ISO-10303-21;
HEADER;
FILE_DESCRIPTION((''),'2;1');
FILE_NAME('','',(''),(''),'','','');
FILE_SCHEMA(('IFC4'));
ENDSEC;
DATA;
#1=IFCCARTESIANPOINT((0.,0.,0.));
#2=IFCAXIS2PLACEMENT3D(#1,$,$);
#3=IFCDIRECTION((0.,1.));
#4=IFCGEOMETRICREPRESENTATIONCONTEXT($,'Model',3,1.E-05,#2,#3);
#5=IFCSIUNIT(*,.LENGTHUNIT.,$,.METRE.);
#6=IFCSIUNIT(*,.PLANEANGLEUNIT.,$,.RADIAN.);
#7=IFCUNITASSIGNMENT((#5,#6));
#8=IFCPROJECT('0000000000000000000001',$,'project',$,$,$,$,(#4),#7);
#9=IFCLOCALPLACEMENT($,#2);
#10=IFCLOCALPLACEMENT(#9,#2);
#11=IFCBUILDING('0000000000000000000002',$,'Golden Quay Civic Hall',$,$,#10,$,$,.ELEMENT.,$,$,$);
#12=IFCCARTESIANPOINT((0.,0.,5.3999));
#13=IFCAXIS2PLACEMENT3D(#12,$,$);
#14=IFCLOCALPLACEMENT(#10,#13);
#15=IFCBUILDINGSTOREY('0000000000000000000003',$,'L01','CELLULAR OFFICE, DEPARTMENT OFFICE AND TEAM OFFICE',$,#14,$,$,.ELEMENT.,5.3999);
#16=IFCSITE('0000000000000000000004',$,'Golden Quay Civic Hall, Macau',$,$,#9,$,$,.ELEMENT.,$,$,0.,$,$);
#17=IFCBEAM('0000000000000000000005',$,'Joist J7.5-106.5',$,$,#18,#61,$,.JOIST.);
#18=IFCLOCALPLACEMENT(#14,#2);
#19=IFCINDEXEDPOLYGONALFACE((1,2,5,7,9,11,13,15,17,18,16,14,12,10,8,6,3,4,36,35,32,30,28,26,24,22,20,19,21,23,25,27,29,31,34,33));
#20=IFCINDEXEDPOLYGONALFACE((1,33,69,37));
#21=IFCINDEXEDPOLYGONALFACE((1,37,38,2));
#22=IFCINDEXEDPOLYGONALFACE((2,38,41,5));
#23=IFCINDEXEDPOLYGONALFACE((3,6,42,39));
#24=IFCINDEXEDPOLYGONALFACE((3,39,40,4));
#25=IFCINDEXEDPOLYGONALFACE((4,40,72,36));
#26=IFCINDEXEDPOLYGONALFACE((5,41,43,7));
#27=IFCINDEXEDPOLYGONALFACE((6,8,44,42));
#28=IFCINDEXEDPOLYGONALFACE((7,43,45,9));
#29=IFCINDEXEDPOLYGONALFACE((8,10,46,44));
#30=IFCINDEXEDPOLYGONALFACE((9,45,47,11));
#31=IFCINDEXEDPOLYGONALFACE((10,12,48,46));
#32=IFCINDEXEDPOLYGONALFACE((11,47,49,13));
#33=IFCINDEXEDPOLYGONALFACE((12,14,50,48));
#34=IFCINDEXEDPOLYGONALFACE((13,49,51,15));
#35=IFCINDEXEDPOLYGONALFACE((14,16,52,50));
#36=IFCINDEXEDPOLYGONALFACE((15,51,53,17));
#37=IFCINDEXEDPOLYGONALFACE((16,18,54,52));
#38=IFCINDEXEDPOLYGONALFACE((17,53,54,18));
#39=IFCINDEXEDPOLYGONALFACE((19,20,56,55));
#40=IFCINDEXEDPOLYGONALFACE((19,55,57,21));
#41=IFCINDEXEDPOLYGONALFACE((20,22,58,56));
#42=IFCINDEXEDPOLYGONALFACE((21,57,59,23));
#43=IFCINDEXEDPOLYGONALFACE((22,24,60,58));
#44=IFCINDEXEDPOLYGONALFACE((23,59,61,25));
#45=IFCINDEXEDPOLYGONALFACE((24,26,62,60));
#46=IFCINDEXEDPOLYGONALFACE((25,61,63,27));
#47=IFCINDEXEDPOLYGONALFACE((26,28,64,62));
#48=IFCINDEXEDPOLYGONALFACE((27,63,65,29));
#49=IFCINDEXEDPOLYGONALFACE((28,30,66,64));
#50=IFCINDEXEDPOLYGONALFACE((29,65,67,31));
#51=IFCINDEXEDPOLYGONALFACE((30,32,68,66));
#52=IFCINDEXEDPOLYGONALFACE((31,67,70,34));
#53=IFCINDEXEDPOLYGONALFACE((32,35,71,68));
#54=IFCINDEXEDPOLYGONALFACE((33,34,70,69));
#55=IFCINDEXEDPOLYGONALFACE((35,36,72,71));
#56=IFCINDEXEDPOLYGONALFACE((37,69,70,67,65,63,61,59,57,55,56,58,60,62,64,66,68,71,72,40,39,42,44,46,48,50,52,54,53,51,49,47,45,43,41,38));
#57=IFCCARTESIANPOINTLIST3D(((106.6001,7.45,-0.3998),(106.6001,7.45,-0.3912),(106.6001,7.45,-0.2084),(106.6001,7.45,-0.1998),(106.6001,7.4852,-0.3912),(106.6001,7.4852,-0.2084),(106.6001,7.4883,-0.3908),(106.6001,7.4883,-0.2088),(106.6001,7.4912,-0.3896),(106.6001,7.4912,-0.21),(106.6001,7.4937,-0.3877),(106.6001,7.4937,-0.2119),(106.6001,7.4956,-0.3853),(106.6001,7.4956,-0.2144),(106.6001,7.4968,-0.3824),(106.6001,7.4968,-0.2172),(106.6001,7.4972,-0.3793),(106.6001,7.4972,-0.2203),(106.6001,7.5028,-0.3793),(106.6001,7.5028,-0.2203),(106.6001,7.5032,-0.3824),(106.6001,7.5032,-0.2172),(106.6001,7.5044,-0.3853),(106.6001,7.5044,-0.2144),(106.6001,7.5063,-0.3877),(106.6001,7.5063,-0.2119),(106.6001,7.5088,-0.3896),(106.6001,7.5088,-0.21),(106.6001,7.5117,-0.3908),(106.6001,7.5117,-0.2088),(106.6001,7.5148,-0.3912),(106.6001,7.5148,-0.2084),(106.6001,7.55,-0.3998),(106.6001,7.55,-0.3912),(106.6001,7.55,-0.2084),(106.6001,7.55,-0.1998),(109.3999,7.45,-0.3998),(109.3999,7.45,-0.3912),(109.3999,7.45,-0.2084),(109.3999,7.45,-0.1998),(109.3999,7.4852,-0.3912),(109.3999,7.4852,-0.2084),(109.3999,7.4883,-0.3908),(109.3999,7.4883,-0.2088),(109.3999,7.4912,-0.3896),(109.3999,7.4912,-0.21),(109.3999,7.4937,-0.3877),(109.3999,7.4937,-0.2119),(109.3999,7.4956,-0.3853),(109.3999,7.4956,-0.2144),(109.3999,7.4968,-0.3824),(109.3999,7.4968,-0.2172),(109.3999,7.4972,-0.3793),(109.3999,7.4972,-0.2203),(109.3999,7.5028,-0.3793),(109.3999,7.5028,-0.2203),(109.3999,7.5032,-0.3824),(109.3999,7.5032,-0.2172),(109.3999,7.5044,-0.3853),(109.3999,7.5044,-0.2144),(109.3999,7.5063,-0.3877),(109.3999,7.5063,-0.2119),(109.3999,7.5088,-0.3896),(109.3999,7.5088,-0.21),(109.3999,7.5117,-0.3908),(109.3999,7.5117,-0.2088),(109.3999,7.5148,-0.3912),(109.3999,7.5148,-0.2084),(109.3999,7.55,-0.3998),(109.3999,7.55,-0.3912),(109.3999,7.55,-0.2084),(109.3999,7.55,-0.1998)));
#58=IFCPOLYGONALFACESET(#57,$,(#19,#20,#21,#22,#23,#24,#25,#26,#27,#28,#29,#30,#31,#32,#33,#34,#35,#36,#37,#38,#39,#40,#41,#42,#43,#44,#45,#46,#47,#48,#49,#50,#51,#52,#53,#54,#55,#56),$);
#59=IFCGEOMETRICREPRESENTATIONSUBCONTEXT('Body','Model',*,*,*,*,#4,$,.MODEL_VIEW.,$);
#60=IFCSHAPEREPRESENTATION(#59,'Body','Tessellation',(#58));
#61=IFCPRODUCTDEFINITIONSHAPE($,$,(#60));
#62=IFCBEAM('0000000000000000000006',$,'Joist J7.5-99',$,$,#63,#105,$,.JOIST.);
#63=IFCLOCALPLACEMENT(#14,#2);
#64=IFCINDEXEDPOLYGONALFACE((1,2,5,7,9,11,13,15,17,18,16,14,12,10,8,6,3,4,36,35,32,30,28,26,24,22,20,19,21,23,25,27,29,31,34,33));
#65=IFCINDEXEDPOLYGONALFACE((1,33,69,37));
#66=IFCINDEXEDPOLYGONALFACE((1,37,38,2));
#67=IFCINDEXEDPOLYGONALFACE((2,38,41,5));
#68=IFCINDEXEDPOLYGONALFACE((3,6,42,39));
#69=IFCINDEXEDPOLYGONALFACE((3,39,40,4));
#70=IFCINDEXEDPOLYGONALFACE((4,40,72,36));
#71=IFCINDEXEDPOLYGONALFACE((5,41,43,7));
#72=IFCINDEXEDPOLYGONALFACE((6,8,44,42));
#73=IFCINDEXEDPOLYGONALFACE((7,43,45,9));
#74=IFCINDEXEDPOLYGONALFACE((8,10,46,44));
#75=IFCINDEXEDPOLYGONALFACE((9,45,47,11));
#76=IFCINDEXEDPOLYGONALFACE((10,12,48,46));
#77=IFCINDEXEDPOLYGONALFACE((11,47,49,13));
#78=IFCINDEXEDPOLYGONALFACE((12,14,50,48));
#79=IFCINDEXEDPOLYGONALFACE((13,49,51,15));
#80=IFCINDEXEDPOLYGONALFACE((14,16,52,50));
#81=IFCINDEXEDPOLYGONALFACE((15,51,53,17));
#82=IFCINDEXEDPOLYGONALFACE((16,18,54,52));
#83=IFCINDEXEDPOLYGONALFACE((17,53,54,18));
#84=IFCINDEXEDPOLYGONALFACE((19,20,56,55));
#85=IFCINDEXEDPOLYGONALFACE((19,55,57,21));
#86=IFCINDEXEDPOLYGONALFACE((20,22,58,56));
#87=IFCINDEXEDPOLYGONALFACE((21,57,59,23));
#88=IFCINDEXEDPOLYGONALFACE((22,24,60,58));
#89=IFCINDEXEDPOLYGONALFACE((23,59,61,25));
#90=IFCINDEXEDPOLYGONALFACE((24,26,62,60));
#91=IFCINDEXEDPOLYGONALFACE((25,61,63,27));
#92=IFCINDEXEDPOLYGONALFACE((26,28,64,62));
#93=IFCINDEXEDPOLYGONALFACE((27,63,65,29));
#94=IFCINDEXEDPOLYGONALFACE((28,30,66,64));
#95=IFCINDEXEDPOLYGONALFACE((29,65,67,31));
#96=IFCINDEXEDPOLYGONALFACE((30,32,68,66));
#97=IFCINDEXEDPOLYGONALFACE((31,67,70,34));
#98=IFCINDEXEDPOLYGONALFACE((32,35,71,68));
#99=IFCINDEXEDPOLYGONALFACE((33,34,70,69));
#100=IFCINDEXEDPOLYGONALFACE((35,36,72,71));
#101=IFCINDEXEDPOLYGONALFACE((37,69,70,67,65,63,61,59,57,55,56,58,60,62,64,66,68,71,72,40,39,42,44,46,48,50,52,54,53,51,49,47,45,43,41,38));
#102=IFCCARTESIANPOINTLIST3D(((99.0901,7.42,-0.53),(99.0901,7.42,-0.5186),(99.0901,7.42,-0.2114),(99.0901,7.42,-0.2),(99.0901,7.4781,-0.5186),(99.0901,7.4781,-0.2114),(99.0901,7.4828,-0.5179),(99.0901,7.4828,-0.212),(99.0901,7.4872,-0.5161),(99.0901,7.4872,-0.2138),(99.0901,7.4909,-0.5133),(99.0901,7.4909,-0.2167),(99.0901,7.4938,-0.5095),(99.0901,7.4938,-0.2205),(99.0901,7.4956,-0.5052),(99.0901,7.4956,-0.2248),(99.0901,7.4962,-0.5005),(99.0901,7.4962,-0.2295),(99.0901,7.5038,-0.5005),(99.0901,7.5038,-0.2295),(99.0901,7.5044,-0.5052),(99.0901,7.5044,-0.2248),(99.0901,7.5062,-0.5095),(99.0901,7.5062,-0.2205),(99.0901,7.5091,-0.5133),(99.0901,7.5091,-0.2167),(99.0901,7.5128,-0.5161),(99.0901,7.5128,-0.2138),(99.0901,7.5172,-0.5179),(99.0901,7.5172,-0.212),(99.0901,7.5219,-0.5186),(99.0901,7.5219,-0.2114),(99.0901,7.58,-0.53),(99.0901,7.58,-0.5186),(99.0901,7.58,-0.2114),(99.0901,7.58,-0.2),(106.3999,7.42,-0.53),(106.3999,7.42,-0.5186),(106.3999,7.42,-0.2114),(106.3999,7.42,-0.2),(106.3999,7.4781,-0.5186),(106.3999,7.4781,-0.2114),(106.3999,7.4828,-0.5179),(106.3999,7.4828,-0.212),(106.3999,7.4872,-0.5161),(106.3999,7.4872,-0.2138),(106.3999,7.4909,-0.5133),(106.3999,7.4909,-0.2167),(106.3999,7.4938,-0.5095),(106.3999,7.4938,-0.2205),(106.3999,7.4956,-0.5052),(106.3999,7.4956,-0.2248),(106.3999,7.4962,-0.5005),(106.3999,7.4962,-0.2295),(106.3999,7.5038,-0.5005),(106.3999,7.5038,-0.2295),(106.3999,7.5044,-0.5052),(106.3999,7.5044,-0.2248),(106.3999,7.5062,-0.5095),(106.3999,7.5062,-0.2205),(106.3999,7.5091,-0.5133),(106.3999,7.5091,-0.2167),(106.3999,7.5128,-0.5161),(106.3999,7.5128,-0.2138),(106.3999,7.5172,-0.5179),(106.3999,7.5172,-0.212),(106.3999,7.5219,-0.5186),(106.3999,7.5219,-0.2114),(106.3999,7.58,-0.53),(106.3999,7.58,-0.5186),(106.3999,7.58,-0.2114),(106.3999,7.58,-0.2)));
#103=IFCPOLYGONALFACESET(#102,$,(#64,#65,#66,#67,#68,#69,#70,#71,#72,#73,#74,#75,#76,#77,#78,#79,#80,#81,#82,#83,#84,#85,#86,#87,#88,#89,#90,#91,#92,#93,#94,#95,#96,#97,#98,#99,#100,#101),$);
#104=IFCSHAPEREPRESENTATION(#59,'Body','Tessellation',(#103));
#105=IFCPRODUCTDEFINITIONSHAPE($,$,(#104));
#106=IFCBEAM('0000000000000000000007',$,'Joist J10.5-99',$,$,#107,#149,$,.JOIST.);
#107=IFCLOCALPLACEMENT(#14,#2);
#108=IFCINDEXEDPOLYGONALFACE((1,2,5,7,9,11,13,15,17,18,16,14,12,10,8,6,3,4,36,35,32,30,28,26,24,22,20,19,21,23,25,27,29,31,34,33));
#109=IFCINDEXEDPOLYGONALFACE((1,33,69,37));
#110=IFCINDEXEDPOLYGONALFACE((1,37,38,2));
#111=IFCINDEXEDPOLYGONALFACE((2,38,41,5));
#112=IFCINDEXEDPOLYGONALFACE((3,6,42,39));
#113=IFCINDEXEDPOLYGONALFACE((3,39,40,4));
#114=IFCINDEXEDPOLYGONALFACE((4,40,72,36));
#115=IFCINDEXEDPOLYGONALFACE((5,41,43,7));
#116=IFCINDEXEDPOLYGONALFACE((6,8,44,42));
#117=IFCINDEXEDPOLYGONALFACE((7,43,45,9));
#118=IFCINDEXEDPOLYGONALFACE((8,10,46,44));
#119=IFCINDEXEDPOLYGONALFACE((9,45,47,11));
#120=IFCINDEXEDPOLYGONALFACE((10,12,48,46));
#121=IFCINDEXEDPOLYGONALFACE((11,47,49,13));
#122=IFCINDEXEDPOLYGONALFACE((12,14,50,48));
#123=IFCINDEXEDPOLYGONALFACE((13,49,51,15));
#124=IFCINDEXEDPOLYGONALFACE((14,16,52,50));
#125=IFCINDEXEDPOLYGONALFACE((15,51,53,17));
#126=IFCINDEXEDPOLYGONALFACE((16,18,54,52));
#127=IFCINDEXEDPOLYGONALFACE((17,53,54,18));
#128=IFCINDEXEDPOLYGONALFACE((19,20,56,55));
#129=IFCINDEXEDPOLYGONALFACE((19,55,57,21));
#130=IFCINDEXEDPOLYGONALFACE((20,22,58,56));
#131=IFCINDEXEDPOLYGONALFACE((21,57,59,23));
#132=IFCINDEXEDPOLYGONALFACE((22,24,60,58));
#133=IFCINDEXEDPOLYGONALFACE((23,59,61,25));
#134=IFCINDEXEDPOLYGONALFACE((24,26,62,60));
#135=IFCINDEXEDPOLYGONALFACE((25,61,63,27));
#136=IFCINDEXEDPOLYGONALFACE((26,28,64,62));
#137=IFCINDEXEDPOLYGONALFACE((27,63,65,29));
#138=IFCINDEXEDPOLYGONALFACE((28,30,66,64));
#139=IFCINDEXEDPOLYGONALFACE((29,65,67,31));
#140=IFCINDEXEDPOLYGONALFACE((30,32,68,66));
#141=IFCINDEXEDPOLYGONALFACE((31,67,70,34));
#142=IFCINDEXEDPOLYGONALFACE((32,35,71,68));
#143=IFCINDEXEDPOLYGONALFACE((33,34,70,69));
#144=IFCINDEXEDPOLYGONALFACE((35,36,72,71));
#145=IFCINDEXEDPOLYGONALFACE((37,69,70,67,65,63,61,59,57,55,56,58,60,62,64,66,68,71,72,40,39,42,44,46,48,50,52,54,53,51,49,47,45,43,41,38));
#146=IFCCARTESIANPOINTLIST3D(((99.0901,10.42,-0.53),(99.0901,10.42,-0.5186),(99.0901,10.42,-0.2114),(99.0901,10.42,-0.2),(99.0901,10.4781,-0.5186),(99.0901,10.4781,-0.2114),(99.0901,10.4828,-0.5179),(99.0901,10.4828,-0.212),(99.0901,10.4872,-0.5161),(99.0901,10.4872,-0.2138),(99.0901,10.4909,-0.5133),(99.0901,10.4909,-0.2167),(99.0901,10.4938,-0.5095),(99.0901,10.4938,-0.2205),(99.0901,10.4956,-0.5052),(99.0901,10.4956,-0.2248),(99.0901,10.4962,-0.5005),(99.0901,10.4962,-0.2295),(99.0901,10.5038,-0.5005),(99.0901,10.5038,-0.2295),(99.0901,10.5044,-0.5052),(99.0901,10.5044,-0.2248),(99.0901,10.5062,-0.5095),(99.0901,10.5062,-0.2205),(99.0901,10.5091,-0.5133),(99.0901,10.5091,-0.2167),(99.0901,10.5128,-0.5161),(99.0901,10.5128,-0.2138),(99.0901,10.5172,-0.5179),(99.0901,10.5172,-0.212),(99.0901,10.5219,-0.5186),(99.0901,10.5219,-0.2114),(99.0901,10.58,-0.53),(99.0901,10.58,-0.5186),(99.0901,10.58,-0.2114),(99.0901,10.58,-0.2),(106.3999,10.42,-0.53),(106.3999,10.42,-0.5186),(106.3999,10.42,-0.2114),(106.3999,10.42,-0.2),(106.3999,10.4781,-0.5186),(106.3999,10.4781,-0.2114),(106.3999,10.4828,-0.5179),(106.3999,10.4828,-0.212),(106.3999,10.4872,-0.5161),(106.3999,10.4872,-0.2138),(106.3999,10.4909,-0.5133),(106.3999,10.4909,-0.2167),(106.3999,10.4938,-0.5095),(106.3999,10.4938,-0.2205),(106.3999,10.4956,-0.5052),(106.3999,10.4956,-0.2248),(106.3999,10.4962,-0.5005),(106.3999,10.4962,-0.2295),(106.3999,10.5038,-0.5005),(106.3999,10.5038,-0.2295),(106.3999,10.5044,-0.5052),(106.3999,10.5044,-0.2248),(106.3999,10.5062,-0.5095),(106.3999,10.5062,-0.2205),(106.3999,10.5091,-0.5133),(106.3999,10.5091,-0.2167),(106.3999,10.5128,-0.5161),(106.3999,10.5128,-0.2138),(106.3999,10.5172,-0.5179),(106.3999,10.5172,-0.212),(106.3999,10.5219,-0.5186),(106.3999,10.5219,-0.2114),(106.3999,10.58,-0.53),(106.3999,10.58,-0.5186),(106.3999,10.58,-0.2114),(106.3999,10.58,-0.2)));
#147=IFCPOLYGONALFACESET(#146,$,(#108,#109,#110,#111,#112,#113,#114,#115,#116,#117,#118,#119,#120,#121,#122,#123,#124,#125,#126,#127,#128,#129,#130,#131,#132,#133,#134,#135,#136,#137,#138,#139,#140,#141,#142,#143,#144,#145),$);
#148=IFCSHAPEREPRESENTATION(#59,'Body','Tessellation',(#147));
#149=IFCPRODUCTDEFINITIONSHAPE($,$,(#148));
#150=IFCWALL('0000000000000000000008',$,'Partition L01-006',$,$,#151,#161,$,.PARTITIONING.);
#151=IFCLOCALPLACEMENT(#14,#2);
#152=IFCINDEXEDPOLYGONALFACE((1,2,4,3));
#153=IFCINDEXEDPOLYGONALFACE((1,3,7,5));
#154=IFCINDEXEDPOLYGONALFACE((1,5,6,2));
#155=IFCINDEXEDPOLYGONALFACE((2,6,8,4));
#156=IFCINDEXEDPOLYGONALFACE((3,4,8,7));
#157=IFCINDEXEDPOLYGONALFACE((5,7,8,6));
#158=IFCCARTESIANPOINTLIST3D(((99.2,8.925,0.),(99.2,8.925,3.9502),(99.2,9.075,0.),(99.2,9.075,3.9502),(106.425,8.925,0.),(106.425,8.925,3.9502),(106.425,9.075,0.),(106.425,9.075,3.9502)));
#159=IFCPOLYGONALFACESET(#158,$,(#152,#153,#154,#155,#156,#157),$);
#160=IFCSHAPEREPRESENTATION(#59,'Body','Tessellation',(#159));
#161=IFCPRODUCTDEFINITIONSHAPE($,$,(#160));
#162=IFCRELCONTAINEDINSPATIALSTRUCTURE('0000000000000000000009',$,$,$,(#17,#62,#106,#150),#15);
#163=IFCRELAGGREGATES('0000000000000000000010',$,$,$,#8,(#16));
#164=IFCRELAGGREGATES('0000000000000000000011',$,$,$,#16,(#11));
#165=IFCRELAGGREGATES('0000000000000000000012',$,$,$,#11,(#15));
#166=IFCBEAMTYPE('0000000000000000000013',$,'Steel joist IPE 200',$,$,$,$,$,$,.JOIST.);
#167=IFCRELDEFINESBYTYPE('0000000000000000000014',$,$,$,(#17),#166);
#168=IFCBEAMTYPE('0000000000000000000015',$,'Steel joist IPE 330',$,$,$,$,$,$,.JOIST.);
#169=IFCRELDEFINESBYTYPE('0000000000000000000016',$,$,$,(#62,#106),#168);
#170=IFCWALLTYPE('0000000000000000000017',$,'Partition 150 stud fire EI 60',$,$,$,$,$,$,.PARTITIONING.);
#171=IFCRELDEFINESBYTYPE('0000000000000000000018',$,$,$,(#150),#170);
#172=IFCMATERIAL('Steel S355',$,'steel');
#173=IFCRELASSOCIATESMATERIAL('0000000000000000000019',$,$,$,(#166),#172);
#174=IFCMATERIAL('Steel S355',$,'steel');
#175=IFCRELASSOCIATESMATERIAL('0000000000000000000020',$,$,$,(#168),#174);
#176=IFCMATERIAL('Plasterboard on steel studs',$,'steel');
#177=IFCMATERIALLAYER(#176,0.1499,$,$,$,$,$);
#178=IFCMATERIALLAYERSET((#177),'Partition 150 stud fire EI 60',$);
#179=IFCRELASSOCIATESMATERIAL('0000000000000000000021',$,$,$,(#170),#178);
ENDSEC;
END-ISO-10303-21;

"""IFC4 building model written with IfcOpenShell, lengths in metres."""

from ifc_helpers import new_model, si_unit, direction, frame, frame_2d, origin, origin_2d, place, context, subcontext, project, spatial, rectangle, i_section, extrude, material, layer, layer_set, material_profile, profile_set, type_object, element, save


model = new_model("IFC4")

# Units and contexts
model_context = context("Model", 3, precision=1e-05, world=origin(), true_north=direction((0.0, 1.0)))
body_context = subcontext(model_context, "Body", "Model", "MODEL_VIEW")
ifc_project = project(units=[si_unit("LENGTHUNIT", "METRE"), si_unit("PLANEANGLEUNIT", "RADIAN")], contexts=[model_context])

# Site, building, storey
site_placement = place(None, origin())
site = spatial("IfcSite", under=ifc_project, at=site_placement, Name="Golden Quay Civic Hall, Macau", CompositionType="ELEMENT", RefElevation=0.0)
building_placement = place(site_placement, origin())
building = spatial("IfcBuilding", under=site, at=building_placement, Name="Golden Quay Civic Hall", CompositionType="ELEMENT")
storey_placement = place(building_placement, frame((0.0, 0.0, 5.3999)))
storey = spatial("IfcBuildingStorey", under=building, at=storey_placement, Name="L01", Description="CELLULAR OFFICE, DEPARTMENT OFFICE AND TEAM OFFICE", CompositionType="ELEMENT", Elevation=5.3999)

# Beams
ifc_material_1 = material(Name="Steel S355", Category="steel")
ifc_material_profile_1 = material_profile(ifc_material_1, i_section(OverallWidth=0.1001, OverallDepth=0.2, WebThickness=0.0056, FlangeThickness=0.0085, FilletRadius=0.012, at=origin_2d()), Name="IPE 200")
ifc_profile_set_1 = profile_set([ifc_material_profile_1], Name="Steel S355")
beam_type_1 = type_object("IfcBeamType", Name="Steel joist IPE 200", PredefinedType="JOIST", material=ifc_profile_set_1)
beam_1_placement = place(storey_placement, frame((106.6001, 7.5, -0.2998), z_axis=(1.0, 0.0, 0.0), x_axis=(0.0, 1.0, 0.0)))
element("IfcBeam", 1, at=beam_1_placement, inside=storey, type_object=beam_type_1, Name="Joist J7.5-106.5", PredefinedType="JOIST", context=body_context, shape_type="SweptSolid", body=[
    extrude(i_section(OverallWidth=0.1001, OverallDepth=0.2, WebThickness=0.0056, FlangeThickness=0.0085, FilletRadius=0.012, at=origin_2d()), origin(), (0.0, 0.0, 1.0), 2.7998),
])
ifc_material_2 = material(Name="Steel S355", Category="steel")
ifc_material_profile_2 = material_profile(ifc_material_2, i_section(OverallWidth=0.1599, OverallDepth=0.3301, WebThickness=0.0076, FlangeThickness=0.0115, FilletRadius=0.0181, at=origin_2d()), Name="IPE 330")
ifc_profile_set_2 = profile_set([ifc_material_profile_2], Name="Steel S355")
beam_type_2 = type_object("IfcBeamType", Name="Steel joist IPE 330", PredefinedType="JOIST", material=ifc_profile_set_2)
for number, where, z_axis, x_axis, name in (
    (2, (99.0901, 7.5, -0.365), (1.0, 0.0, 0.0), (0.0, 1.0, 0.0), "Joist J7.5-99"),
    (3, (99.0901, 10.5, -0.365), (1.0, 0.0, 0.0), (0.0, 1.0, 0.0), "Joist J10.5-99"),
):
    element("IfcBeam", number, at=place(storey_placement, frame(where, z_axis=z_axis, x_axis=x_axis)), inside=storey, type_object=beam_type_2, Name=name, PredefinedType="JOIST", context=body_context, shape_type="SweptSolid", body=[
        extrude(i_section(OverallWidth=0.1599, OverallDepth=0.3301, WebThickness=0.0076, FlangeThickness=0.0115, FilletRadius=0.0181, at=origin_2d()), origin(), (0.0, 0.0, 1.0), 7.3098),
    ])

# Wall
ifc_material_3 = material(Name="Plasterboard on steel studs", Category="steel")
ifc_layer_1 = layer(ifc_material_3, 0.1499)
ifc_layer_set_1 = layer_set([ifc_layer_1], Name="Partition 150 stud fire EI 60")
wall_type_1 = type_object("IfcWallType", Name="Partition 150 stud fire EI 60", PredefinedType="PARTITIONING", material=ifc_layer_set_1)
wall_1_placement = place(storey_placement, frame((99.2, 9.0, 0.0), z_axis=(0.0, 0.0, 1.0), x_axis=(1.0, 0.0, 0.0)))
element("IfcWall", 4, at=wall_1_placement, inside=storey, type_object=wall_type_1, Name="Partition L01-006", PredefinedType="PARTITIONING", context=body_context, shape_type="SweptSolid", body=[
    extrude(rectangle(XDim=7.2251, YDim=0.1499, at=frame_2d((3.6125, 0.0))), origin(), (0.0, 0.0, 1.0), 3.9502),
])

save(model, "model.ifc")
